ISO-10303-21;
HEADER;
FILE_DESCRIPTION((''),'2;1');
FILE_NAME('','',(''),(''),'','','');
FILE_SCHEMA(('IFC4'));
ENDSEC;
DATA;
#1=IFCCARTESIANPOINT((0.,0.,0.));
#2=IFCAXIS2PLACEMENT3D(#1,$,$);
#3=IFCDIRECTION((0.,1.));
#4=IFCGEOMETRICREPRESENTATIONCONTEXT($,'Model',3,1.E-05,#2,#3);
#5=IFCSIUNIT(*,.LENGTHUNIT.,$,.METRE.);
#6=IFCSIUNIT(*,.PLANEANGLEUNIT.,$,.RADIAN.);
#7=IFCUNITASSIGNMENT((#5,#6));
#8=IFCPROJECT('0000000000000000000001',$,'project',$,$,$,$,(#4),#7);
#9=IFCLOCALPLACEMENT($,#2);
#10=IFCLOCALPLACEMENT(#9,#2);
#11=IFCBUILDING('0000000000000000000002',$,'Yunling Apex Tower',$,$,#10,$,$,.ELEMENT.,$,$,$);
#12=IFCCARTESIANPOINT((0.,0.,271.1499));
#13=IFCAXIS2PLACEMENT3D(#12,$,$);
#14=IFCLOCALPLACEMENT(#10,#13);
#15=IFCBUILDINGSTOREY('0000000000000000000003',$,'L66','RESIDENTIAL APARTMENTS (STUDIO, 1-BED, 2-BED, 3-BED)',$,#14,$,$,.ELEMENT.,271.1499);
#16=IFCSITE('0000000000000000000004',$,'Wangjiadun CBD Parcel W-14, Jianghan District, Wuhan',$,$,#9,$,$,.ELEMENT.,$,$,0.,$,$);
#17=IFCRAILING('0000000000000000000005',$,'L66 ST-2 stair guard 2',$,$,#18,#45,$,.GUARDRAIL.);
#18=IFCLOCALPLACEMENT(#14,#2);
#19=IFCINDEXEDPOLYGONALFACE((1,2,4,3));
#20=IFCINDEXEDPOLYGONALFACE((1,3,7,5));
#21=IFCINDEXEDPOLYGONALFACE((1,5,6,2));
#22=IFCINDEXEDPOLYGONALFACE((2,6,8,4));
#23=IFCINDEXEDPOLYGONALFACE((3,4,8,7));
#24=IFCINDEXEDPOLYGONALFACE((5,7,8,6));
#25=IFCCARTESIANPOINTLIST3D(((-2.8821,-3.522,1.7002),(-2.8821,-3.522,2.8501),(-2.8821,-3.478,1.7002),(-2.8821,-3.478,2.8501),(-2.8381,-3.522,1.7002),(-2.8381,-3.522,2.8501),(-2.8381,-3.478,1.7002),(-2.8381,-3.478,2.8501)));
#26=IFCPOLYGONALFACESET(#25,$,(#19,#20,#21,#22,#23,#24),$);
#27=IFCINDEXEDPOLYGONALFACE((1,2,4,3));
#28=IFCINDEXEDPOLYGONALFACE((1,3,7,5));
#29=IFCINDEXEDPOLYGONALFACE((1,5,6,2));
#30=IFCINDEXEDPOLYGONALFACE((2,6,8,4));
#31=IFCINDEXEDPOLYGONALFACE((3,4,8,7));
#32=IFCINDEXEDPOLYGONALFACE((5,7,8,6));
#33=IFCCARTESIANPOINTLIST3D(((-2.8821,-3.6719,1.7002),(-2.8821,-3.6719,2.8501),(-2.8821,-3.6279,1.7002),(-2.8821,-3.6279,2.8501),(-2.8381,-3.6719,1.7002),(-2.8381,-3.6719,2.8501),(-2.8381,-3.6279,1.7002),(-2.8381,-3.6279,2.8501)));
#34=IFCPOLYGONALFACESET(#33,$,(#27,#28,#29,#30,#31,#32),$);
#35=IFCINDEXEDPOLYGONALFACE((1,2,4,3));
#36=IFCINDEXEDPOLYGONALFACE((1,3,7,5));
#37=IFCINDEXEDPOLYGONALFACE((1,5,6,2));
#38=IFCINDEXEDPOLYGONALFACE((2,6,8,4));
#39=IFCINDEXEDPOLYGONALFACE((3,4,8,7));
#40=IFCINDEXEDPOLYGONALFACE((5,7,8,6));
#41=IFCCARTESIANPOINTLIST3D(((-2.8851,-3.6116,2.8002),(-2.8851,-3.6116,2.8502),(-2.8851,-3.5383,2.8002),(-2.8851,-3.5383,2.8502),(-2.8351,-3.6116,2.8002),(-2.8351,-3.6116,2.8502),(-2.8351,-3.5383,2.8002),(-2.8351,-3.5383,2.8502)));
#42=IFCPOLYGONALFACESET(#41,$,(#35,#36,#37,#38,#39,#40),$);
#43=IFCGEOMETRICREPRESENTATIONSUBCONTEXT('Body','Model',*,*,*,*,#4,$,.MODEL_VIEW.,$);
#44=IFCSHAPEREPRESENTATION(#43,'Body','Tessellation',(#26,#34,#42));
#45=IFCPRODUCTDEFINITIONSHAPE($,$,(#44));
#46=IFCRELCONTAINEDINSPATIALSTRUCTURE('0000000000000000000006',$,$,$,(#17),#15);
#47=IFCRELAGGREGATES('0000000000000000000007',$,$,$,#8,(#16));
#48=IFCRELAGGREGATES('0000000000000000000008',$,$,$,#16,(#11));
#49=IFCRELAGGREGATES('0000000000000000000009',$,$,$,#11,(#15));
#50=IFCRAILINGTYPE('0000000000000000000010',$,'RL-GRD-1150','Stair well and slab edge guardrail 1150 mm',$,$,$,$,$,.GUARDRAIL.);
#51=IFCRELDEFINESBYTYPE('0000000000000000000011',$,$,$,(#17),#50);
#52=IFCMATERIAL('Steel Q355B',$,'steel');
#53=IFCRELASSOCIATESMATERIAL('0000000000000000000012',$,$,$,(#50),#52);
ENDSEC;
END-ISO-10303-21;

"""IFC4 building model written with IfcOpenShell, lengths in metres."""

from ifc_helpers import new_model, si_unit, direction, frame, origin, origin_2d, place, context, subcontext, project, spatial, rectangle, extrude, material, type_object, element, save


model = new_model("IFC4")

# Units and contexts
model_context = context("Model", 3, precision=1e-05, world=origin(), true_north=direction((0.0, 1.0)))
body_context = subcontext(model_context, "Body", "Model", "MODEL_VIEW")
ifc_project = project(units=[si_unit("LENGTHUNIT", "METRE"), si_unit("PLANEANGLEUNIT", "RADIAN")], contexts=[model_context])

# Site, building, storey
site_placement = place(None, origin())
site = spatial("IfcSite", under=ifc_project, at=site_placement, Name="Wangjiadun CBD Parcel W-14, Jianghan District, Wuhan", CompositionType="ELEMENT", RefElevation=0.0)
building_placement = place(site_placement, origin())
building = spatial("IfcBuilding", under=site, at=building_placement, Name="Yunling Apex Tower", CompositionType="ELEMENT")
storey_placement = place(building_placement, frame((0.0, 0.0, 271.1499)))
storey = spatial("IfcBuildingStorey", under=building, at=storey_placement, Name="L66", Description="RESIDENTIAL APARTMENTS (STUDIO, 1-BED, 2-BED, 3-BED)", CompositionType="ELEMENT", Elevation=271.1499)

# Shared definitions
ifc_material_1 = material(Name="Steel Q355B", Category="steel")

# Railing
railing_type = type_object("IfcRailingType", Name="RL-GRD-1150", Description="Stair well and slab edge guardrail 1150 mm", PredefinedType="GUARDRAIL", material=ifc_material_1)
railing_placement = place(storey_placement, frame((-2.8601, -3.5, 1.7002)))
element("IfcRailing", 1, at=railing_placement, inside=storey, type_object=railing_type, Name="L66 ST-2 stair guard 2", PredefinedType="GUARDRAIL", context=body_context, shape_type="SweptSolid", body=[
    extrude(rectangle(XDim=0.0439, YDim=0.0439, at=origin_2d()), origin(), (0.0, 0.0, 1.0), 1.1499),
    extrude(rectangle(XDim=0.0439, YDim=0.0439, at=origin_2d()), frame((0.0, -0.1499, 0.0)), (0.0, 0.0, 1.0), 1.1499),
    extrude(rectangle(XDim=0.05, YDim=0.05, at=origin_2d()), frame((0.0, -0.0383, 1.125), z_axis=(0.0, -1.0, 0.0), x_axis=(1.0, 0.0, 0.0)), (0.0, 0.0, 1.0), 0.0732),
])

save(model, "model.ifc")
